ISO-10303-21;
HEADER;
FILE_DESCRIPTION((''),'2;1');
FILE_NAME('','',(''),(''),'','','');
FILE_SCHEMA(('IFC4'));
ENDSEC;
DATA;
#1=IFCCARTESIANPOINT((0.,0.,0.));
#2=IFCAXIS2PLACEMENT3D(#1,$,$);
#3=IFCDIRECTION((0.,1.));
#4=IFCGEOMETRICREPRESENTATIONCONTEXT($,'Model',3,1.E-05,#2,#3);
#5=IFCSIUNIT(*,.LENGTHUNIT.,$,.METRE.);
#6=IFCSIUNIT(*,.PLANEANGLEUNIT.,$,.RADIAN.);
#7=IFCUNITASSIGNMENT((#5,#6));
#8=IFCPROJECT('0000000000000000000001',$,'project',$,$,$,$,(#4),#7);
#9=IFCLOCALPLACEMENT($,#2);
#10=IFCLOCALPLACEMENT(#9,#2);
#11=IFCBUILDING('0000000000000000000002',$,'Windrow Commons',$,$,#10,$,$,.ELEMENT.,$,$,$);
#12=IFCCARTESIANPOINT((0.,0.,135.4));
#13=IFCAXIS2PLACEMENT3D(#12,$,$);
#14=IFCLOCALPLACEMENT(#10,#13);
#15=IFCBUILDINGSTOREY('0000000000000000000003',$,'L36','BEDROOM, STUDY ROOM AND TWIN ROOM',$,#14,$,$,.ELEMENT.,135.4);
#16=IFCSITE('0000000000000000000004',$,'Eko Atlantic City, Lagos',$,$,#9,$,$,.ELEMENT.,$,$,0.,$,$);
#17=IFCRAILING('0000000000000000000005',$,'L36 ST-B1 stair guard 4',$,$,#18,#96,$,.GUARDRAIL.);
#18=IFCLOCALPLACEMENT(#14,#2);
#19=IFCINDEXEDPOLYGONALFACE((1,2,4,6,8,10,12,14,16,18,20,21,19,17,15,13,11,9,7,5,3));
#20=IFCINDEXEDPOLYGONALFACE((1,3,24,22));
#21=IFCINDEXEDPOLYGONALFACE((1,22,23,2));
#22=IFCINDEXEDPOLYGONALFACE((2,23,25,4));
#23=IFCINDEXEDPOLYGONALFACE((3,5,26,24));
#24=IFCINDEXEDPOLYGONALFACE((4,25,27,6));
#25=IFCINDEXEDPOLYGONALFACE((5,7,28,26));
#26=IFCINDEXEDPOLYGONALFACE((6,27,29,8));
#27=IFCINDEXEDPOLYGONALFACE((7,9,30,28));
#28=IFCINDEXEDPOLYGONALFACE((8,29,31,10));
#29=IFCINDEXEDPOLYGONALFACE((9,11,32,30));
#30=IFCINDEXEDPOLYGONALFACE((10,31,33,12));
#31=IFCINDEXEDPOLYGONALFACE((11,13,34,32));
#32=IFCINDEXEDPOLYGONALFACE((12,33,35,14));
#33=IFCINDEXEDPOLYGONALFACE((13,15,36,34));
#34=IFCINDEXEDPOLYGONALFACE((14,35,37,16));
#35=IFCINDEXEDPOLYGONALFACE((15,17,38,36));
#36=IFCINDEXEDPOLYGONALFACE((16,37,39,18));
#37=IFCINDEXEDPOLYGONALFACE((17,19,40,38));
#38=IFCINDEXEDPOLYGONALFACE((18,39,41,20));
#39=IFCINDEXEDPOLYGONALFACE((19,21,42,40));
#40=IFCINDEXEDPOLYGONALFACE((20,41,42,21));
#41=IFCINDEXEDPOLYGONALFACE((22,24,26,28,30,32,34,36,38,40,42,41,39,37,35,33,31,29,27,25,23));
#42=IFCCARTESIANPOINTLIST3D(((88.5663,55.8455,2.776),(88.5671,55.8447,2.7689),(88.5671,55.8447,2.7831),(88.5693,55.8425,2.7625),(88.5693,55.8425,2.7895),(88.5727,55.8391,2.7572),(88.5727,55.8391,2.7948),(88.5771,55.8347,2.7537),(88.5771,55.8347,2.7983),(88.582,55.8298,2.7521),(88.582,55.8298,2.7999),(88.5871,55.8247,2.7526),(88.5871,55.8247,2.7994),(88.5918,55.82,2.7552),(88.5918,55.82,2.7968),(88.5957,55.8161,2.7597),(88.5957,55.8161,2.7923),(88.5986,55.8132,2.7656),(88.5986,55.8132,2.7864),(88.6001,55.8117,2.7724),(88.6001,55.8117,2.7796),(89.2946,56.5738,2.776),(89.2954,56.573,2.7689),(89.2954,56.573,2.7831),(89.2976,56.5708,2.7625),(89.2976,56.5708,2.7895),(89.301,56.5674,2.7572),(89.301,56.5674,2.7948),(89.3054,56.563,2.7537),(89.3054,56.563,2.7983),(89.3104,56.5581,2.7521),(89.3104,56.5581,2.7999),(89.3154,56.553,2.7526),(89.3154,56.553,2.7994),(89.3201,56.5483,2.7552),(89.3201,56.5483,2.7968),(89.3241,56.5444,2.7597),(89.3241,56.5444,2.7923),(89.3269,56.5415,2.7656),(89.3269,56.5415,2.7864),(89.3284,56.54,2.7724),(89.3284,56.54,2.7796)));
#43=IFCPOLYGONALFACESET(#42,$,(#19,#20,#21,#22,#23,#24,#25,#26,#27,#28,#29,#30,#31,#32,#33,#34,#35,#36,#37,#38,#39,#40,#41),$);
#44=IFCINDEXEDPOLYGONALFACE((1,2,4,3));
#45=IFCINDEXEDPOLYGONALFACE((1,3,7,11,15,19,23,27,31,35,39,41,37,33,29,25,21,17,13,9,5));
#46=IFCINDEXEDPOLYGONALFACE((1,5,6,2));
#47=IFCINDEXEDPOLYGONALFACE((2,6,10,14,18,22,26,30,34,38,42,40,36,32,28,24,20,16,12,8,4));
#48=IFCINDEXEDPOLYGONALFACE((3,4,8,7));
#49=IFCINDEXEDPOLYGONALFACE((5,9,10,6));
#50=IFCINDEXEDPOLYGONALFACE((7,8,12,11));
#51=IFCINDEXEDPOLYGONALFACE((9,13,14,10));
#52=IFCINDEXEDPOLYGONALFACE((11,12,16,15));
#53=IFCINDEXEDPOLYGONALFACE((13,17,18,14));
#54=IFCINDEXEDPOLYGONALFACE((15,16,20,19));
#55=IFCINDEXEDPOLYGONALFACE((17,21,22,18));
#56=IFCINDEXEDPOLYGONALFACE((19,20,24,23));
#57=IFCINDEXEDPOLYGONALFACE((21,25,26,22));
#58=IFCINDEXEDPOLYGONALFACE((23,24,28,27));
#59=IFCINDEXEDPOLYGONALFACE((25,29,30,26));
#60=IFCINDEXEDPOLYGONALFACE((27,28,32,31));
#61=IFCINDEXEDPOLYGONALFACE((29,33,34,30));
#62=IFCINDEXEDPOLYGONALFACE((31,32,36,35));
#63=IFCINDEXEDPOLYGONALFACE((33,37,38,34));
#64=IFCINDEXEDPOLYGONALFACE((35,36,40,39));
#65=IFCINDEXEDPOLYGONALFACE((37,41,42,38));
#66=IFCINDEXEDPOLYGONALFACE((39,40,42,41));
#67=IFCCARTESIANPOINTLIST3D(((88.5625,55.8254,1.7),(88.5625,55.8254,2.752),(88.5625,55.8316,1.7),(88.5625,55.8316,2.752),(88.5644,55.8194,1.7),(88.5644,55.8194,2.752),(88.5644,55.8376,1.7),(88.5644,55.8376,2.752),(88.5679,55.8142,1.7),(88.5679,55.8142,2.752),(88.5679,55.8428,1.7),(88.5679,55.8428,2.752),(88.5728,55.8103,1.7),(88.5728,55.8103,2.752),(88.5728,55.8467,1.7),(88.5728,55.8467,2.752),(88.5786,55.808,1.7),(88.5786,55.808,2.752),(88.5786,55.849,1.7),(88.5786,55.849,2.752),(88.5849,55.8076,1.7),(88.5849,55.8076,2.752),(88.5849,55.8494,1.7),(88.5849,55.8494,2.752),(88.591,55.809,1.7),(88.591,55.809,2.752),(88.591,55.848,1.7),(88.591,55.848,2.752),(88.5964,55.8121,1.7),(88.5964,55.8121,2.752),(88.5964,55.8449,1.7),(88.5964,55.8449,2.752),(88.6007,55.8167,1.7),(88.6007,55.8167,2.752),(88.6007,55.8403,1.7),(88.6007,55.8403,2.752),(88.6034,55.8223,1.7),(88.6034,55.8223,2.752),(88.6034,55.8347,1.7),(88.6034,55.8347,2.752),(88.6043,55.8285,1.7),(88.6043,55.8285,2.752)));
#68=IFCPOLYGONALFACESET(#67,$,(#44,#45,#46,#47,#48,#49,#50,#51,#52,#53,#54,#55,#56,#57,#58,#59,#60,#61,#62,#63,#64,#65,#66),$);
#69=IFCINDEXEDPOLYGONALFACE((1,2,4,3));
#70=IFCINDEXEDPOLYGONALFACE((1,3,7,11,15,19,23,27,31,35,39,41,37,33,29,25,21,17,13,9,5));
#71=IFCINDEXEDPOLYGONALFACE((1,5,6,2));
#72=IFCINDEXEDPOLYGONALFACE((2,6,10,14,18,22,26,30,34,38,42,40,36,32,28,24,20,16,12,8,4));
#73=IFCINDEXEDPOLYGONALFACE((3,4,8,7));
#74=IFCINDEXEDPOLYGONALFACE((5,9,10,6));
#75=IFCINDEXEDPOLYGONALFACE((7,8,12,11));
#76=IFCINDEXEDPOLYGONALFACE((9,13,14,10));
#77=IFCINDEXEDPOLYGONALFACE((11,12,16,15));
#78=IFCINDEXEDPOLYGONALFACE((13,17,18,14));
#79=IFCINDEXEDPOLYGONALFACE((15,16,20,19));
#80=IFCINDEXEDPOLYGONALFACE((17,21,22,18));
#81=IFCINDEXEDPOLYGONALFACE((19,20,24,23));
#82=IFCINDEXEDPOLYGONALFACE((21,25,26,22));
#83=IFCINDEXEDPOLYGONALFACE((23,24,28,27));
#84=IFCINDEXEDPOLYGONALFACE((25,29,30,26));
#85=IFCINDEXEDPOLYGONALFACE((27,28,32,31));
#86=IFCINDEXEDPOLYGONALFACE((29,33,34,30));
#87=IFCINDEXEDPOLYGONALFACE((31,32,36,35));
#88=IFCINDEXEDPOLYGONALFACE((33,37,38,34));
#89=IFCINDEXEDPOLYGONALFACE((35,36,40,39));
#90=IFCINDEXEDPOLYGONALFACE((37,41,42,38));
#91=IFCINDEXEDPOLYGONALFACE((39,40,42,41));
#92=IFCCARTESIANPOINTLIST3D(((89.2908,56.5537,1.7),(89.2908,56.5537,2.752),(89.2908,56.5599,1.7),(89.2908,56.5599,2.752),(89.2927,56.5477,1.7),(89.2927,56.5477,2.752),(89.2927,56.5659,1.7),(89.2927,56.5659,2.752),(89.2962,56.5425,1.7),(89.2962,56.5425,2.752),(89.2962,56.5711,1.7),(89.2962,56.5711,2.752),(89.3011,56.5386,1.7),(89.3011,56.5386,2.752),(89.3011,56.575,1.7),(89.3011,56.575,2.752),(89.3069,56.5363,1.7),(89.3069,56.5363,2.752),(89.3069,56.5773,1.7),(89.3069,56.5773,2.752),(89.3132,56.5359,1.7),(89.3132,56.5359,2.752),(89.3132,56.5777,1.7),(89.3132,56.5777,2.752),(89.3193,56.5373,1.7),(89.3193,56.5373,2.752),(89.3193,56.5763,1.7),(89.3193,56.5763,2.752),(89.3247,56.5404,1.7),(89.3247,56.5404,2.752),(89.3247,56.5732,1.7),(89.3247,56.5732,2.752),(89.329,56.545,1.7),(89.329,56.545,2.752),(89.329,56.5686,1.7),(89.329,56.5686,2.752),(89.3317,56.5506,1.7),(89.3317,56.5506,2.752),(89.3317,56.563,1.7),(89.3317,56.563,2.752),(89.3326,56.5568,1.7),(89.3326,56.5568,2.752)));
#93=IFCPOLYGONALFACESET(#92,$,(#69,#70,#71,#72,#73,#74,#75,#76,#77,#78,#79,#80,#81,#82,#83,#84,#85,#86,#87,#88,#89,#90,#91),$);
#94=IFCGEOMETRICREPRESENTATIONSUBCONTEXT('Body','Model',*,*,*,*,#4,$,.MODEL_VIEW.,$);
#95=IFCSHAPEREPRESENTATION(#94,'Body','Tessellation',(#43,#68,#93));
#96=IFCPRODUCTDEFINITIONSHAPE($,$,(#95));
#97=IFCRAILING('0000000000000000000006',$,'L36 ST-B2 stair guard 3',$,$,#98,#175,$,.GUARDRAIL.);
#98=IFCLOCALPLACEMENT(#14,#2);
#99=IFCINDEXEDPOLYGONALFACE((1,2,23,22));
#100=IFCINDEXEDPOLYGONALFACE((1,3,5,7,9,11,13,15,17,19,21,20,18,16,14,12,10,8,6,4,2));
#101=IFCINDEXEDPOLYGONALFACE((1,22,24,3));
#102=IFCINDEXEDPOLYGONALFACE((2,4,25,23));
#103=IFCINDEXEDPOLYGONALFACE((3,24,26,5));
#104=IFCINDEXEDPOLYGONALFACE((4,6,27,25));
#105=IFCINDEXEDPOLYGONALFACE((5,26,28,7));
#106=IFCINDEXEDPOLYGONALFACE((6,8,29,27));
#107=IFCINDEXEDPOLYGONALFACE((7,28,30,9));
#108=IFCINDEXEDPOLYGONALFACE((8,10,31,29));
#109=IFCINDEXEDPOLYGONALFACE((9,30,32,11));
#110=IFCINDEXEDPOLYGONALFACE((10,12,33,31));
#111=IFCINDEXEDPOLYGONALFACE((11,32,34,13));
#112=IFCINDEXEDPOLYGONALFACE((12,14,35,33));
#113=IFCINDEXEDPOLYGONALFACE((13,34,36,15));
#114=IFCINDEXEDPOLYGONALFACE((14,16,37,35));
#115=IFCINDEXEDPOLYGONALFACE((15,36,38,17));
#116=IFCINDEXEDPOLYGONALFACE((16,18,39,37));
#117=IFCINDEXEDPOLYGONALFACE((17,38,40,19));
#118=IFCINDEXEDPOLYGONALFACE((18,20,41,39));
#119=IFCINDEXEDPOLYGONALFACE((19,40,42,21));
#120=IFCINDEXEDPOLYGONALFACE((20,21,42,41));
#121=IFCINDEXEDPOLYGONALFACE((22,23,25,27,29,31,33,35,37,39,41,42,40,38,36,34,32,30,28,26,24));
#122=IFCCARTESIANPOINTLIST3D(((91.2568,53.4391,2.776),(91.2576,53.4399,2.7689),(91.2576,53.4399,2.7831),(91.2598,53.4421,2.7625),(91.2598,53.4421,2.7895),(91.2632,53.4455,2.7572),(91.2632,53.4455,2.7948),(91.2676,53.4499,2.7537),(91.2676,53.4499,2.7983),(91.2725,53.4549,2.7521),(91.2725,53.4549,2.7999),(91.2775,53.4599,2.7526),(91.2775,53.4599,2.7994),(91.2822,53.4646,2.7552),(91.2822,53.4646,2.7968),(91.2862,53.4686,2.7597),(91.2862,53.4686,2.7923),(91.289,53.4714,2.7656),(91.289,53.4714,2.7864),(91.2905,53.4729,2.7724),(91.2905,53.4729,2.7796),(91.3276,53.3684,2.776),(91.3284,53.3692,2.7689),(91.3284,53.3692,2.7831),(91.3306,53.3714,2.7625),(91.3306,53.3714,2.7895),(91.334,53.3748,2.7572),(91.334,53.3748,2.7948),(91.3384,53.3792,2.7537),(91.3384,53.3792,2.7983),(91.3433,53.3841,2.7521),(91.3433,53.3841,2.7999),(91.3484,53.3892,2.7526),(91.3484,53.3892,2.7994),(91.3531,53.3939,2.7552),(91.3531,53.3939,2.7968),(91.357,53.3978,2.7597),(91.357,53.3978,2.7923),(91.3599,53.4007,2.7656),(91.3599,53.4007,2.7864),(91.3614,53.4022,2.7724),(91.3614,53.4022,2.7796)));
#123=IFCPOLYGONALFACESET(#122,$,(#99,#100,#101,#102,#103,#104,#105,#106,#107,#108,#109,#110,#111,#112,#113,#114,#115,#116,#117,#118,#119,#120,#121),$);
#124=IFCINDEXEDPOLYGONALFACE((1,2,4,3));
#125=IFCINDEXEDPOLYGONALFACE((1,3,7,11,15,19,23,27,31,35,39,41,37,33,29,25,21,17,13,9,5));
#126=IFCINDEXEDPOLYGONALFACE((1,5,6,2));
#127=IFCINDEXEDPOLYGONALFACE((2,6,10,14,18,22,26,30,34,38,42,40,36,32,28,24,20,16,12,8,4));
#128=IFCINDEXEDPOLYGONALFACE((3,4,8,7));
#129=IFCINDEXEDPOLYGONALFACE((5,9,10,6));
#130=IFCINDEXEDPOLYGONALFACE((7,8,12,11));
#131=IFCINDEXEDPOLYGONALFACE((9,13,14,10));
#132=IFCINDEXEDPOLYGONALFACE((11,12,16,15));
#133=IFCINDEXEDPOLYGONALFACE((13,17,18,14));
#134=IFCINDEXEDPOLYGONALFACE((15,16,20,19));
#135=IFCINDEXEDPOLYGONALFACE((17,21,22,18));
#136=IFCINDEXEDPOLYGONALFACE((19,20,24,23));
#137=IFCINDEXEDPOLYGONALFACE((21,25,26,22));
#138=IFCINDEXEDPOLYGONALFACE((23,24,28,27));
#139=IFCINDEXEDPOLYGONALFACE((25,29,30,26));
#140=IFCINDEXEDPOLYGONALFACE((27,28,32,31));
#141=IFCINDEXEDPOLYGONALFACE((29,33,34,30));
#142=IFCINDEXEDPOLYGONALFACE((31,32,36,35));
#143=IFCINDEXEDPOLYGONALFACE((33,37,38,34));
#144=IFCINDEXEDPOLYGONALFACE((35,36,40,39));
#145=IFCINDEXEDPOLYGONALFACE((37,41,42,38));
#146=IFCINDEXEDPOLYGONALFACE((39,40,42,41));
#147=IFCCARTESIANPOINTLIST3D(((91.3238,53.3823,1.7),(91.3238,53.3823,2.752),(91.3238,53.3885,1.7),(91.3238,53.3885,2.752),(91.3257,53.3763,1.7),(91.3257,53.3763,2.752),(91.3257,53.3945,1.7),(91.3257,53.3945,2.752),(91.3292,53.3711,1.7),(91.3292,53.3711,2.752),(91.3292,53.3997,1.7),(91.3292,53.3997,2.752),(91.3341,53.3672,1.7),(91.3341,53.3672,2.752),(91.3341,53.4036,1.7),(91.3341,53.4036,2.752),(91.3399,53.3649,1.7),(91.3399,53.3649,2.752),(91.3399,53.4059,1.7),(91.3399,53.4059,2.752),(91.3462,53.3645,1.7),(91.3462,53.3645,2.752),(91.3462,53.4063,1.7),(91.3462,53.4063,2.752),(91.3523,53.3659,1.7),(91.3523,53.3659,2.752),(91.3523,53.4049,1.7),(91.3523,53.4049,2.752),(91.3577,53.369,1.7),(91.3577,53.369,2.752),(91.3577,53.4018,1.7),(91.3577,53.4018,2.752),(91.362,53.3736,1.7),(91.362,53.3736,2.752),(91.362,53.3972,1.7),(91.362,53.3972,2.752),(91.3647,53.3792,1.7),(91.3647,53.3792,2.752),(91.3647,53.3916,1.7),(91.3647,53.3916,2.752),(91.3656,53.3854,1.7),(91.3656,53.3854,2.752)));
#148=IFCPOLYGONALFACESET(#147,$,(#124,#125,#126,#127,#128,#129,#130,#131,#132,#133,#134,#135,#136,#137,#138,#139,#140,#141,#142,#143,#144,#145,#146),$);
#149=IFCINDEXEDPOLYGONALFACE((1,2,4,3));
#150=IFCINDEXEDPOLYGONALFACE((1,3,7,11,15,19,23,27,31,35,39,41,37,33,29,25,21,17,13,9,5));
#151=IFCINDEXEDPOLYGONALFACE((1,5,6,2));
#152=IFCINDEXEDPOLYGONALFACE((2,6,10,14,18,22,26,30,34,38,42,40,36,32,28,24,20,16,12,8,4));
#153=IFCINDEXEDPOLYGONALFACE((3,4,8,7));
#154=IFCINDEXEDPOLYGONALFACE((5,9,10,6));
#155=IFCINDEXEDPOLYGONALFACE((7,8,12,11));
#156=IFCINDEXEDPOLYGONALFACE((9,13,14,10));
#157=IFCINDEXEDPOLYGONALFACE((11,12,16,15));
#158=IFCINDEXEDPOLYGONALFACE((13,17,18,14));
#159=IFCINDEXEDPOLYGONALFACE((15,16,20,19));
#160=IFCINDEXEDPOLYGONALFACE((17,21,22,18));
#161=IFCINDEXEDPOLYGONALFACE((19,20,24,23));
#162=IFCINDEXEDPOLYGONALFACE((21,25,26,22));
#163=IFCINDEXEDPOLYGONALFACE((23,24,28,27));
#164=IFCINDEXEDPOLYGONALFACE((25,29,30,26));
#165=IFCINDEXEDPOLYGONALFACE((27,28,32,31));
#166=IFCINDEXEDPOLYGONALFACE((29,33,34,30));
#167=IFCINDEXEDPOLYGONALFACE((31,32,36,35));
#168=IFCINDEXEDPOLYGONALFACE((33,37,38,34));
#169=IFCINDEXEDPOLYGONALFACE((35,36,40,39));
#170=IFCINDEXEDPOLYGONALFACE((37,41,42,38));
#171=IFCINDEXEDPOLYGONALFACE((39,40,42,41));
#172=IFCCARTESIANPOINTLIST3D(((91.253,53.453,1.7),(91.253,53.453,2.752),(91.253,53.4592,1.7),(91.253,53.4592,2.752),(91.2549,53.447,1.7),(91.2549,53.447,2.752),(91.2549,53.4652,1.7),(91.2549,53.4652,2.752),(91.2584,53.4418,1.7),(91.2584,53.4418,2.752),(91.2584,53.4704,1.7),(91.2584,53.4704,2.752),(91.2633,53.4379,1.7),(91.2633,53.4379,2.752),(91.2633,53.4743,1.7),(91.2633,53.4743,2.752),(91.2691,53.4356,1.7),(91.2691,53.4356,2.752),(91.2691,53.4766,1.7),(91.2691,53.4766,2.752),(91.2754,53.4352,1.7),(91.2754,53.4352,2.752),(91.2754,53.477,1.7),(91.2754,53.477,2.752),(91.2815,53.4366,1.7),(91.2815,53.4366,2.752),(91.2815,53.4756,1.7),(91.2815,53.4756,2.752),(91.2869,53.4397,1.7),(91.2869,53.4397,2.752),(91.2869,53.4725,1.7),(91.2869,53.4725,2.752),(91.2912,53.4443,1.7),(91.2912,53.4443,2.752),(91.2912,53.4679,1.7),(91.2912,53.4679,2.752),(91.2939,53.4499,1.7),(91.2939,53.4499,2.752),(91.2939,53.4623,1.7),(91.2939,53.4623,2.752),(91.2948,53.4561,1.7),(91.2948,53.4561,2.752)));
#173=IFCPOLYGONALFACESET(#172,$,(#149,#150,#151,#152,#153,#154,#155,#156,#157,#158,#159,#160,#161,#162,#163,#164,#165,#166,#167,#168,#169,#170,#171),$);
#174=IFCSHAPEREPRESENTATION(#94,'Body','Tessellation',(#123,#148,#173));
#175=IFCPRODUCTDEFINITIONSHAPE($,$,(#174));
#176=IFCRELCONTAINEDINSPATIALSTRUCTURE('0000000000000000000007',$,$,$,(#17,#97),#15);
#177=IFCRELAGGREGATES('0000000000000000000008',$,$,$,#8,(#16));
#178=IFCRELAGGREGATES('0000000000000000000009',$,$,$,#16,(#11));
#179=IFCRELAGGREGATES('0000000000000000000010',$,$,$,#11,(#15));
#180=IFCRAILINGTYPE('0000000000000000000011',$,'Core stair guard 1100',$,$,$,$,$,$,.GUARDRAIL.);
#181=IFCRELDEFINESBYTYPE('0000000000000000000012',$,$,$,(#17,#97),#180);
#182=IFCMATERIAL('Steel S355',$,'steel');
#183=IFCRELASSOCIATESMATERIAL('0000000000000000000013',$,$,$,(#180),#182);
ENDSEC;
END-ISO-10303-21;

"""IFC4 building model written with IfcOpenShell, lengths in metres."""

from ifc_helpers import new_model, si_unit, direction, frame, origin, origin_2d, place, context, subcontext, project, spatial, circle, extrude, material, type_object, element, save


model = new_model("IFC4")

# Units and contexts
model_context = context("Model", 3, precision=1e-05, world=origin(), true_north=direction((0.0, 1.0)))
body_context = subcontext(model_context, "Body", "Model", "MODEL_VIEW")
ifc_project = project(units=[si_unit("LENGTHUNIT", "METRE"), si_unit("PLANEANGLEUNIT", "RADIAN")], contexts=[model_context])

# Site, building, storey
site_placement = place(None, origin())
site = spatial("IfcSite", under=ifc_project, at=site_placement, Name="Eko Atlantic City, Lagos", CompositionType="ELEMENT", RefElevation=0.0)
building_placement = place(site_placement, origin())
building = spatial("IfcBuilding", under=site, at=building_placement, Name="Windrow Commons", CompositionType="ELEMENT")
storey_placement = place(building_placement, frame((0.0, 0.0, 135.4)))
storey = spatial("IfcBuildingStorey", under=building, at=storey_placement, Name="L36", Description="BEDROOM, STUDY ROOM AND TWIN ROOM", CompositionType="ELEMENT", Elevation=135.4)

# Railings
ifc_material_1 = material(Name="Steel S355", Category="steel")
railing_type_1 = type_object("IfcRailingType", Name="Core stair guard 1100", PredefinedType="GUARDRAIL", material=ifc_material_1)
railing_1_placement = place(storey_placement, frame((88.5833, 55.8285, 1.7)))
element("IfcRailing", 1, at=railing_1_placement, inside=storey, type_object=railing_type_1, Name="L36 ST-B1 stair guard 4", PredefinedType="GUARDRAIL", context=body_context, shape_type="SweptSolid", body=[
    extrude(circle(Radius=0.024, at=origin_2d()), frame((0.0, 0.0, 1.076), z_axis=(0.707107, 0.707107, 0.0), x_axis=(-0.707107, 0.707107, 0.0)), (0.0, 0.0, 1.0), 1.03),
    extrude(circle(Radius=0.021, at=origin_2d()), origin(), (0.0, 0.0, 1.0), 1.052),
    extrude(circle(Radius=0.021, at=origin_2d()), frame((0.7283, 0.7283, 0.0)), (0.0, 0.0, 1.0), 1.052),
])
railing_2_placement = place(storey_placement, frame((91.3446, 53.3854, 1.7)))
element("IfcRailing", 2, at=railing_2_placement, inside=storey, type_object=railing_type_1, Name="L36 ST-B2 stair guard 3", PredefinedType="GUARDRAIL", context=body_context, shape_type="SweptSolid", body=[
    extrude(circle(Radius=0.024, at=origin_2d()), frame((0.0, 0.0, 1.076), z_axis=(-0.707606, 0.706607, 0.0), x_axis=(-0.706607, -0.707606, 0.0)), (0.0, 0.0, 1.0), 0.1001),
    extrude(circle(Radius=0.021, at=origin_2d()), origin(), (0.0, 0.0, 1.0), 1.052),
    extrude(circle(Radius=0.021, at=origin_2d()), frame((-0.0708, 0.0707, 0.0)), (0.0, 0.0, 1.0), 1.052),
])

save(model, "model.ifc")
